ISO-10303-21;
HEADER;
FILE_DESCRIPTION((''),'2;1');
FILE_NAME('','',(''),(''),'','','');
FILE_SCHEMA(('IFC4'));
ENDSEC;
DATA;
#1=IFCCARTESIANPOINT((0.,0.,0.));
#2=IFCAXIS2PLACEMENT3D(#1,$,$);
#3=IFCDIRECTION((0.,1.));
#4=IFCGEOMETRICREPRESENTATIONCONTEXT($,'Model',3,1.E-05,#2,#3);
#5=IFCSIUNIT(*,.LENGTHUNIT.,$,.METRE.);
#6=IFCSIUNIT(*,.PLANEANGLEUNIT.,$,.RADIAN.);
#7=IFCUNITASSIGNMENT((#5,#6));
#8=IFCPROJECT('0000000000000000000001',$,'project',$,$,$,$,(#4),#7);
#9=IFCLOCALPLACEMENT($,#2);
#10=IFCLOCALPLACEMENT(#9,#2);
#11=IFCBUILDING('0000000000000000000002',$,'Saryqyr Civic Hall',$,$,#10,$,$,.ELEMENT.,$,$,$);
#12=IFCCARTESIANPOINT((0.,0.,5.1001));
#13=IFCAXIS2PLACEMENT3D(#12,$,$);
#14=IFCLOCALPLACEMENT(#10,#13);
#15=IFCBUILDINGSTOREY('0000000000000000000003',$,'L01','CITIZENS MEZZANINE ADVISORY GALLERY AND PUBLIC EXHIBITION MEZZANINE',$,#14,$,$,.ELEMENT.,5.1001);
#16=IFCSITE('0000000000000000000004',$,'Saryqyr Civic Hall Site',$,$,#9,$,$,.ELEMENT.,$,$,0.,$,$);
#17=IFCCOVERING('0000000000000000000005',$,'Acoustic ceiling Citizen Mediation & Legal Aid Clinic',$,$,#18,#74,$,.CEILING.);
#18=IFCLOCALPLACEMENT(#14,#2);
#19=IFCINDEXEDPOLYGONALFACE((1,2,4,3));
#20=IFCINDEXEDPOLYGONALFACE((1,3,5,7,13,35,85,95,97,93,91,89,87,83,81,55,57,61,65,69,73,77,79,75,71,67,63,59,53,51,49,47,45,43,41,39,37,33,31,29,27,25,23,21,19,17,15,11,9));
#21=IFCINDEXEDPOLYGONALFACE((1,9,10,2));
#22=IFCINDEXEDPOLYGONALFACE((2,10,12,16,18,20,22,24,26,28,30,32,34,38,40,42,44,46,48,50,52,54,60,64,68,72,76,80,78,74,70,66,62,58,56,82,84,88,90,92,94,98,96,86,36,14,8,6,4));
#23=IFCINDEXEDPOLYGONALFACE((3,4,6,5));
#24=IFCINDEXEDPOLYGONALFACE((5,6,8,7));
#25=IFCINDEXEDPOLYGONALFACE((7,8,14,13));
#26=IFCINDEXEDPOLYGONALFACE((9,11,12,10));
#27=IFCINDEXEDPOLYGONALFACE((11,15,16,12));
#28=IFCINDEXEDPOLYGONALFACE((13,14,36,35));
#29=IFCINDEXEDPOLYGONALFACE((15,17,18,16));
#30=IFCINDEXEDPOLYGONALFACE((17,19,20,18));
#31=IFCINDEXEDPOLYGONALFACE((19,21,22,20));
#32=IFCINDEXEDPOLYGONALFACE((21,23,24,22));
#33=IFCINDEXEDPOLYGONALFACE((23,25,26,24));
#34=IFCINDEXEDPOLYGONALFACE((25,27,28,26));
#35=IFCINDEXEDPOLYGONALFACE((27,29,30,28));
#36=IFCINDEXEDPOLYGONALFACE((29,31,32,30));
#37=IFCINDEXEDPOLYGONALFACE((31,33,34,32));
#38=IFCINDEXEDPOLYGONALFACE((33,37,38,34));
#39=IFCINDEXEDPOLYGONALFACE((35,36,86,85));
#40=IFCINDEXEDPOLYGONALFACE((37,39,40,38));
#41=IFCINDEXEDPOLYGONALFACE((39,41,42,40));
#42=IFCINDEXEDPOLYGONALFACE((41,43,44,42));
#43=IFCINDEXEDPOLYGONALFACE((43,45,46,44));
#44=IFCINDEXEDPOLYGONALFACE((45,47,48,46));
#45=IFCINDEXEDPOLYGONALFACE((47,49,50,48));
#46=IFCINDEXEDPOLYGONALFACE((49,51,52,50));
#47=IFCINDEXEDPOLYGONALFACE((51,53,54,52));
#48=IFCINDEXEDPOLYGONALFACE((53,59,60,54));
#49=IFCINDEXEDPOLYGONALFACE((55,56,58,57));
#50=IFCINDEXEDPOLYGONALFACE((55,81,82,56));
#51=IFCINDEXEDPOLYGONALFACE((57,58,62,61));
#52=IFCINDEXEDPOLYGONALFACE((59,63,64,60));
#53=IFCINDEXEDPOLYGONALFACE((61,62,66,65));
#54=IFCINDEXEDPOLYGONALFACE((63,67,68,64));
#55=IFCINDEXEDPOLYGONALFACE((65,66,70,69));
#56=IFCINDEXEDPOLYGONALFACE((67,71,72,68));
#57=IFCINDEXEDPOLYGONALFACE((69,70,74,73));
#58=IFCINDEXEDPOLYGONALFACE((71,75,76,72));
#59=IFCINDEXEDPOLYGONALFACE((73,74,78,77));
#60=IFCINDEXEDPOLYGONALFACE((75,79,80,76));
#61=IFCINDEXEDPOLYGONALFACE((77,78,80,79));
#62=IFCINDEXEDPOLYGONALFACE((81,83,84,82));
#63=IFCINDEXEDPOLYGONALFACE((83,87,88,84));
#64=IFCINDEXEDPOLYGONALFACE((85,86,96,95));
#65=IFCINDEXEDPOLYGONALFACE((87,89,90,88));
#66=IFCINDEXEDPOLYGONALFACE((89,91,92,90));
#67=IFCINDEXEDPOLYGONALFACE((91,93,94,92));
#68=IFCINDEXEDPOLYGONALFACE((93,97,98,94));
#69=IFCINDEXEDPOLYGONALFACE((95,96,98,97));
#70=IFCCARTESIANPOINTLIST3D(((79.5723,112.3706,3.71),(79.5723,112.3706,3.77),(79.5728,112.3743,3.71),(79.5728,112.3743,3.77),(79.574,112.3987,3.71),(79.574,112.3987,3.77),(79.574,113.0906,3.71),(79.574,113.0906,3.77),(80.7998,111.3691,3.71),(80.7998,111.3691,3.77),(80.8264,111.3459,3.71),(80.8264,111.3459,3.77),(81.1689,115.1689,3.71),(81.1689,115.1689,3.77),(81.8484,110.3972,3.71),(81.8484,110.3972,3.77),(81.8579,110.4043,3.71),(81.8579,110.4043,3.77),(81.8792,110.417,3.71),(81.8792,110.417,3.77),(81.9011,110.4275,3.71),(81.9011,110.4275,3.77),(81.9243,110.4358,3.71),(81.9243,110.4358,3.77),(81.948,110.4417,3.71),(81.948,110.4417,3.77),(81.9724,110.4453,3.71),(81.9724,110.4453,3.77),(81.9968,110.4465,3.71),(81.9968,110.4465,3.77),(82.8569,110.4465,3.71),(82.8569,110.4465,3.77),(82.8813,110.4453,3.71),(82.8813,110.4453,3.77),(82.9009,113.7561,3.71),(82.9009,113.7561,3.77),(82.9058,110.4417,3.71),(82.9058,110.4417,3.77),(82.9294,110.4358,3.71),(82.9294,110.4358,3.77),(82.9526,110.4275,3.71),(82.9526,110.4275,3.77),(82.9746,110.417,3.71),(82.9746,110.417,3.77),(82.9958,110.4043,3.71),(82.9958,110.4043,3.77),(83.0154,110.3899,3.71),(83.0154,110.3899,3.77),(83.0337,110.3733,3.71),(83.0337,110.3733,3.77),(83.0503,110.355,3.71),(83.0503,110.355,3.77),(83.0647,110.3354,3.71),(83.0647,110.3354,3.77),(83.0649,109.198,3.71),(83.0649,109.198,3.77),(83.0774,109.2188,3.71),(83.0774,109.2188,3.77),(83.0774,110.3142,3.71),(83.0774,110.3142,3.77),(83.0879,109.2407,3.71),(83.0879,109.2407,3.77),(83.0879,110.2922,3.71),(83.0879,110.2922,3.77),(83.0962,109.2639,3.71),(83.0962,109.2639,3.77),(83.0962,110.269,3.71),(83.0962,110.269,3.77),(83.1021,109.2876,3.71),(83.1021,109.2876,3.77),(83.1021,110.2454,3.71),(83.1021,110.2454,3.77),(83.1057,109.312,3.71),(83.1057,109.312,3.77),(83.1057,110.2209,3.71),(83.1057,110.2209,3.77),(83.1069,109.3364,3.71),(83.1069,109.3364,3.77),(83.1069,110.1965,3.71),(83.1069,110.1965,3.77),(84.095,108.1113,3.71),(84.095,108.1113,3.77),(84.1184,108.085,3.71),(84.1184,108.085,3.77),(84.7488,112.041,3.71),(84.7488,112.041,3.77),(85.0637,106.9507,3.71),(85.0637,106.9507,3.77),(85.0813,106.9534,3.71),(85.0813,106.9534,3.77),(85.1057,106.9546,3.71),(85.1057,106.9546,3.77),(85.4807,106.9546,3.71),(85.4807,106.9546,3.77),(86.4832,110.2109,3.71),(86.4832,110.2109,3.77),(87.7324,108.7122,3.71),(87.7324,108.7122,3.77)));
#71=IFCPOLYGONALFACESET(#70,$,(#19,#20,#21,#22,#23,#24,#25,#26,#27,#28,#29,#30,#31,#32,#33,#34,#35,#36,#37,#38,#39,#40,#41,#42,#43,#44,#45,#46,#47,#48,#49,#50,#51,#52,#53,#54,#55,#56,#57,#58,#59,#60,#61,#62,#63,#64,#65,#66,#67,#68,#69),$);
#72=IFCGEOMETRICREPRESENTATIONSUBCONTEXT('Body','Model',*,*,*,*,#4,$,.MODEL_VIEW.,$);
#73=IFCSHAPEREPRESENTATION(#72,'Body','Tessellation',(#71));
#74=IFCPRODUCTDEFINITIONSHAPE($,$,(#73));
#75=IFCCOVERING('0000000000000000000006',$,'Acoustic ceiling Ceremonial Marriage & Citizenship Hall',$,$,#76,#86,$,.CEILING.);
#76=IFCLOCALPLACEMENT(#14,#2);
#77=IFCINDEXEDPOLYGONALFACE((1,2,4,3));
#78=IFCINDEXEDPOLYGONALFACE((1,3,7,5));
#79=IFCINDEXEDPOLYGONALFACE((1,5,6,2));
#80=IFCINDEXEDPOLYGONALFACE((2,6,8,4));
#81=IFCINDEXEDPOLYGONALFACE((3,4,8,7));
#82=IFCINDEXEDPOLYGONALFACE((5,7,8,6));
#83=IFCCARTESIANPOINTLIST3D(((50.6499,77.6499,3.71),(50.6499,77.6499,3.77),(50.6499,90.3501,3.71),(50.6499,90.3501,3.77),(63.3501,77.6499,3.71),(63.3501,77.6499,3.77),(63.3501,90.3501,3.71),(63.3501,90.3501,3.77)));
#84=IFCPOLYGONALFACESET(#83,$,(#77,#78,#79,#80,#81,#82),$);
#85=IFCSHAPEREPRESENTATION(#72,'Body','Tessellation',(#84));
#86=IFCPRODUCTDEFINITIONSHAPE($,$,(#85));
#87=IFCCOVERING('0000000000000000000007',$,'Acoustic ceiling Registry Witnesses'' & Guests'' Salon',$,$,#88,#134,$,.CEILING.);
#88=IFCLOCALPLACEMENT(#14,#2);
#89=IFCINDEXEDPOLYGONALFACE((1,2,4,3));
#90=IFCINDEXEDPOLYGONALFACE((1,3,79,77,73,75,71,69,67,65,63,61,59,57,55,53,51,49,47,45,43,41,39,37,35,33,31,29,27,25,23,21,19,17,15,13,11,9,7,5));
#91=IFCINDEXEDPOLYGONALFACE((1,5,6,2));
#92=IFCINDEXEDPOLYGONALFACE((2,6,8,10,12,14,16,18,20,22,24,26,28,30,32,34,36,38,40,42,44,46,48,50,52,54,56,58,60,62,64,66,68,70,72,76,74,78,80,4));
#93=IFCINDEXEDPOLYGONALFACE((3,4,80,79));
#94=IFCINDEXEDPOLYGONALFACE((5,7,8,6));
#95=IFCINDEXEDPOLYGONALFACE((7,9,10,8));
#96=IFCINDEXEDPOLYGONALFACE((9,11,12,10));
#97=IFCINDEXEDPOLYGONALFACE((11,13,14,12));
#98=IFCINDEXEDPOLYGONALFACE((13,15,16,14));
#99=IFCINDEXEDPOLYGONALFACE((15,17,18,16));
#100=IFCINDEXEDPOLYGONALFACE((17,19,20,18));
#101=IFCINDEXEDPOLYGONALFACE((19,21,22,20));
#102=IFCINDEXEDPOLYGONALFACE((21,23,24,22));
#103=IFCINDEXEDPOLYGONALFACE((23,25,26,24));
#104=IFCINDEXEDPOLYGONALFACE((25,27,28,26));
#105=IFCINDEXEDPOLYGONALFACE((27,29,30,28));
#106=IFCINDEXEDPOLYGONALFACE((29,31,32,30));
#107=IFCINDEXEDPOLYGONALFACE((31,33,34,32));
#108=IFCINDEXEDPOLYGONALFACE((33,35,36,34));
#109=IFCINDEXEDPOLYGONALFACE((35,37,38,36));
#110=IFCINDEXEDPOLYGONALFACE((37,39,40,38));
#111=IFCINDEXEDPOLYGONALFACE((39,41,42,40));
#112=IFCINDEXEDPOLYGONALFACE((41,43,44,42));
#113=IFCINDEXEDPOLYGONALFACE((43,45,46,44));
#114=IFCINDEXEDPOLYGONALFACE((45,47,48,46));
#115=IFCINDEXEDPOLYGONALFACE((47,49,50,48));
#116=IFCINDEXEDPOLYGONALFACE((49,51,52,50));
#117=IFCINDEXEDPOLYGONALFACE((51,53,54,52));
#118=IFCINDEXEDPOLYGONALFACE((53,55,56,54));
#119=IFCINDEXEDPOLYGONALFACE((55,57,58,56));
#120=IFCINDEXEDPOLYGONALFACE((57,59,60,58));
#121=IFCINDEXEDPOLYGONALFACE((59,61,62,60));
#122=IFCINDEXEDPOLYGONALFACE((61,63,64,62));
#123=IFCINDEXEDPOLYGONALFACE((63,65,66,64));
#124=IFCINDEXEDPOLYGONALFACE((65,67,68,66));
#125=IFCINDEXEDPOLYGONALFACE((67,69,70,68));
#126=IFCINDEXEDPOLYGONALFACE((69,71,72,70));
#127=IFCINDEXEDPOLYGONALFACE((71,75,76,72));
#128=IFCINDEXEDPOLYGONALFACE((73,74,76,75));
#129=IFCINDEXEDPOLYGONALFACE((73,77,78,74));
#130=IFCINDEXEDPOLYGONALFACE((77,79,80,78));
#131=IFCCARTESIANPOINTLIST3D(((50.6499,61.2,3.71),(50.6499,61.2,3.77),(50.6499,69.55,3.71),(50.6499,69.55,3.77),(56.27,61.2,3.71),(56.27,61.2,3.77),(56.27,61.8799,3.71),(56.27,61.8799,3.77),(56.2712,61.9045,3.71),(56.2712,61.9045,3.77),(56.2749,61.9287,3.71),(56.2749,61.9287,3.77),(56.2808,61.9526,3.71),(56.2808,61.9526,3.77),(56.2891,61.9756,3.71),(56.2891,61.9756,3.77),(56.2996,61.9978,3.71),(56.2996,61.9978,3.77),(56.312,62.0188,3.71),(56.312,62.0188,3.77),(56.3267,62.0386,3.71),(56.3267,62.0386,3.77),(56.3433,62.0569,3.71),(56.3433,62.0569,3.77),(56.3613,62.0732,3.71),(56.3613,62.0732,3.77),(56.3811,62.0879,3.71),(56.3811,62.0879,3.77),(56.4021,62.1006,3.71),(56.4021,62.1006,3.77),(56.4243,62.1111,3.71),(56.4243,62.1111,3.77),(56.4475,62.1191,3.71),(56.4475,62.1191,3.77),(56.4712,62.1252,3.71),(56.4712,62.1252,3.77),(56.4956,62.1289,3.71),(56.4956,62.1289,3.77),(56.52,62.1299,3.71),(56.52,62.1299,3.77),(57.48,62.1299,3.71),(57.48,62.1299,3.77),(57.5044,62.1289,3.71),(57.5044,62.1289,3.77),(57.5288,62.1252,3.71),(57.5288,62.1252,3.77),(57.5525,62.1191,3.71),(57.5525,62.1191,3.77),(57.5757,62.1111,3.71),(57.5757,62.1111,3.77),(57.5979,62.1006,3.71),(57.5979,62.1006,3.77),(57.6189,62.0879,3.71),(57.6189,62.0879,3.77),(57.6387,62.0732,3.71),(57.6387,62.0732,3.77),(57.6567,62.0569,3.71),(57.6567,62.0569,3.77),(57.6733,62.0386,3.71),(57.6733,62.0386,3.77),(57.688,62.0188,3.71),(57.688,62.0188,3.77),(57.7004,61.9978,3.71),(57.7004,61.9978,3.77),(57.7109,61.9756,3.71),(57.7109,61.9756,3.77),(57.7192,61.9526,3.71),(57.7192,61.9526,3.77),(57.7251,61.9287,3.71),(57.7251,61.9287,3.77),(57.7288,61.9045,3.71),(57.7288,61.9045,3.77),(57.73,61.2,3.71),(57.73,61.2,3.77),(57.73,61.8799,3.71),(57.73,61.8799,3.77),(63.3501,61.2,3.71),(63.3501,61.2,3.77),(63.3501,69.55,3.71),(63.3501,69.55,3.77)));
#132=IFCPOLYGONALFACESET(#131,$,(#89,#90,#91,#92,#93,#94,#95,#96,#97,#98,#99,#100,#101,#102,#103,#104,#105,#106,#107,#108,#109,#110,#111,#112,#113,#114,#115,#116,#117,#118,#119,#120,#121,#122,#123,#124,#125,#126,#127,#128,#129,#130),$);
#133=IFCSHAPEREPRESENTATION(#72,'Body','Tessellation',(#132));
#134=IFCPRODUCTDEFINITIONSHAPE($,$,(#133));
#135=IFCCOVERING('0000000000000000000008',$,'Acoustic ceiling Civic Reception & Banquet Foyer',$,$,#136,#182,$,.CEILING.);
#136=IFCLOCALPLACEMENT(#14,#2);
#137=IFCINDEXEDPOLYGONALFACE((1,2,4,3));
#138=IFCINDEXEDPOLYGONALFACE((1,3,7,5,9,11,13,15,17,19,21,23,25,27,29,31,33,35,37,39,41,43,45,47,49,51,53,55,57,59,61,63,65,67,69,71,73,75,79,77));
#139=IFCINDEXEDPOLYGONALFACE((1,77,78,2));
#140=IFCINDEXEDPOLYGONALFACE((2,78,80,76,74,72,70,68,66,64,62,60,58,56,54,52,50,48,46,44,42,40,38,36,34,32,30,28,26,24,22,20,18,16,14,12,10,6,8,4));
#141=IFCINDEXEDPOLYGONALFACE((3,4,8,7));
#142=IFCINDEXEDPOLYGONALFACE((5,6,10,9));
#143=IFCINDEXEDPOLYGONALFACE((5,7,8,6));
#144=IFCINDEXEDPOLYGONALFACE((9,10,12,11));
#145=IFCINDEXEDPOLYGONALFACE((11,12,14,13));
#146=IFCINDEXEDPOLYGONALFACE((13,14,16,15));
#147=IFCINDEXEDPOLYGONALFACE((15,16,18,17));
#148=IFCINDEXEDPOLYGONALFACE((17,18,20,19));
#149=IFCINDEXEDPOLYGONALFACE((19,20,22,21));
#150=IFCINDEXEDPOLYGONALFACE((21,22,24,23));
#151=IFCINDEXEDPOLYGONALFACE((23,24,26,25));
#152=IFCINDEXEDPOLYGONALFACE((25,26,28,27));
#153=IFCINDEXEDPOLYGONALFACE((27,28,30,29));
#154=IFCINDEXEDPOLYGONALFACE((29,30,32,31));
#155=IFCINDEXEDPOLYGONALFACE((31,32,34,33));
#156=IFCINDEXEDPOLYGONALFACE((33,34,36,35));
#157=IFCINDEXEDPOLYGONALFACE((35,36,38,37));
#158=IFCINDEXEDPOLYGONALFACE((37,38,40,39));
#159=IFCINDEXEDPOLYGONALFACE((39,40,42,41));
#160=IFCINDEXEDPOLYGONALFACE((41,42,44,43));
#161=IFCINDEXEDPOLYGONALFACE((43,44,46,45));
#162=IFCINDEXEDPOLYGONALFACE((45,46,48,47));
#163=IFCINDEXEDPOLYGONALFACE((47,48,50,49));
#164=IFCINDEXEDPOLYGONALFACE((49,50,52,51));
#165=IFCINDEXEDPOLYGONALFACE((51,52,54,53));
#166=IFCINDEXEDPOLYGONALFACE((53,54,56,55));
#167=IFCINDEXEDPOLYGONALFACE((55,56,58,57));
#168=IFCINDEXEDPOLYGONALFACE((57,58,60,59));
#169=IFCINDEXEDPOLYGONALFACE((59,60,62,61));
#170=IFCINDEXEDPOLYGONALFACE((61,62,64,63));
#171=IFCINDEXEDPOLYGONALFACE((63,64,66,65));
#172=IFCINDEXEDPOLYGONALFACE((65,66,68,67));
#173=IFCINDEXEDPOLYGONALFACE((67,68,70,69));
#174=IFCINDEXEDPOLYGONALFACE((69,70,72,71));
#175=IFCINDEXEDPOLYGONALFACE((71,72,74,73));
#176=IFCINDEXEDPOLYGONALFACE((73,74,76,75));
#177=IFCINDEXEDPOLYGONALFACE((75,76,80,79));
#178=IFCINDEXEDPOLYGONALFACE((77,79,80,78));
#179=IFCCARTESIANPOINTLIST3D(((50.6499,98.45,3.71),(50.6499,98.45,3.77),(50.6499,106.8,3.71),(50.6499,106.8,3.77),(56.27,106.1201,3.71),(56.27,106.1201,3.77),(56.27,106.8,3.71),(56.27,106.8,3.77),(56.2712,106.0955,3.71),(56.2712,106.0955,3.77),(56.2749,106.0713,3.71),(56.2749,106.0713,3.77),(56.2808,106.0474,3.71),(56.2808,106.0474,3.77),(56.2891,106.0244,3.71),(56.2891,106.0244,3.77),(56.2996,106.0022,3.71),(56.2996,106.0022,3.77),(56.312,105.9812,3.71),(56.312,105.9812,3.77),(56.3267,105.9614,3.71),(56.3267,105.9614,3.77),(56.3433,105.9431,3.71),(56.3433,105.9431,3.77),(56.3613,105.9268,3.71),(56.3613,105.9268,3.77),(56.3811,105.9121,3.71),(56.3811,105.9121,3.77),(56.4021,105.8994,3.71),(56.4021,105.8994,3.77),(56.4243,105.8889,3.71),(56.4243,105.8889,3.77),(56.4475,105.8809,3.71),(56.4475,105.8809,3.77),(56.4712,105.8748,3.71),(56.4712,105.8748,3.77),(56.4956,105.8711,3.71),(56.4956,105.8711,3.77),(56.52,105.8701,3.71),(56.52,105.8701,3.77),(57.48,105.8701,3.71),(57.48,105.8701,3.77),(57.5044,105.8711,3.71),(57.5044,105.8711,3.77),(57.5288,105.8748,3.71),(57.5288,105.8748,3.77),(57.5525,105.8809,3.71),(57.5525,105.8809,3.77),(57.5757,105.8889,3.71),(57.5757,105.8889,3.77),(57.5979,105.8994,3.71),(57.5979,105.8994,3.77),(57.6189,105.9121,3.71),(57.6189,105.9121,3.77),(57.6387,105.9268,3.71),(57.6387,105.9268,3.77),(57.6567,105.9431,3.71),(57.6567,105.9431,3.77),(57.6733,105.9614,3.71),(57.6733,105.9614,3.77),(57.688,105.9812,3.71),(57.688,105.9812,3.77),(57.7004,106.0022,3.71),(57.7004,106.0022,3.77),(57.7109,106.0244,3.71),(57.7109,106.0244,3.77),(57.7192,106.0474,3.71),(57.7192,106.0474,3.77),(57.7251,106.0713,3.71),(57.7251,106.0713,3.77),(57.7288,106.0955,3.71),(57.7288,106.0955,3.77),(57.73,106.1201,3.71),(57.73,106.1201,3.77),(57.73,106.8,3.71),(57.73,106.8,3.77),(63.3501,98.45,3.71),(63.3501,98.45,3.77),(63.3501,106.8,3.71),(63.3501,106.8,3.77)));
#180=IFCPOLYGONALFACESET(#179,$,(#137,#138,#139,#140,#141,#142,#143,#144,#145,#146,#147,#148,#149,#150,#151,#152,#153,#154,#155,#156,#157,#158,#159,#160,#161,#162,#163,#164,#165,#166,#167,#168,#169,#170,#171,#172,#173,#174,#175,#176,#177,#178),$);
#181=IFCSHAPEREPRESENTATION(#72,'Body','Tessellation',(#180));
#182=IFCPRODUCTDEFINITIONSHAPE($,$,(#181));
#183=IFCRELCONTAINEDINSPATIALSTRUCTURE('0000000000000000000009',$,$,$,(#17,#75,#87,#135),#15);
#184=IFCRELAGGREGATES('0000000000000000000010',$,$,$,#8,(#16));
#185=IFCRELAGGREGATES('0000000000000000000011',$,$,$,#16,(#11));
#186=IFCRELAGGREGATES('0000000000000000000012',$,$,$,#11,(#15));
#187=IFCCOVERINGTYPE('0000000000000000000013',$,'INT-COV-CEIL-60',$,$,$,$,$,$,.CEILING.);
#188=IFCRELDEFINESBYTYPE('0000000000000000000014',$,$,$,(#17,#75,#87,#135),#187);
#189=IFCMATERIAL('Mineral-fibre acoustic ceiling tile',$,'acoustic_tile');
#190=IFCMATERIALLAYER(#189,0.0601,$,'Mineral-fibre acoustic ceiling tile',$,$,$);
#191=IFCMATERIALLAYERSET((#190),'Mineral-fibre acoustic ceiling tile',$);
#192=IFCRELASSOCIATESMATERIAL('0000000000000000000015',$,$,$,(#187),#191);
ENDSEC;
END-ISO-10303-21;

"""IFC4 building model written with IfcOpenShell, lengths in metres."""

from ifc_helpers import new_model, si_unit, direction, frame, origin, place, context, subcontext, project, spatial, polyline, outline, extrude, material, layer, layer_set, type_object, element, save


model = new_model("IFC4")

# Units and contexts
model_context = context("Model", 3, precision=1e-05, world=origin(), true_north=direction((0.0, 1.0)))
body_context = subcontext(model_context, "Body", "Model", "MODEL_VIEW")
ifc_project = project(units=[si_unit("LENGTHUNIT", "METRE"), si_unit("PLANEANGLEUNIT", "RADIAN")], contexts=[model_context])

# Site, building, storey
site_placement = place(None, origin())
site = spatial("IfcSite", under=ifc_project, at=site_placement, Name="Saryqyr Civic Hall Site", CompositionType="ELEMENT", RefElevation=0.0)
building_placement = place(site_placement, origin())
building = spatial("IfcBuilding", under=site, at=building_placement, Name="Saryqyr Civic Hall", CompositionType="ELEMENT")
storey_placement = place(building_placement, frame((0.0, 0.0, 5.1001)))
storey = spatial("IfcBuildingStorey", under=building, at=storey_placement, Name="L01", Description="CITIZENS MEZZANINE ADVISORY GALLERY AND PUBLIC EXHIBITION MEZZANINE", CompositionType="ELEMENT", Elevation=5.1001)

# Coverings
ifc_material_1 = material(Name="Mineral-fibre acoustic ceiling tile", Category="acoustic_tile")
ifc_layer_1 = layer(ifc_material_1, 0.0601, Name="Mineral-fibre acoustic ceiling tile")
ifc_layer_set_1 = layer_set([ifc_layer_1], Name="Mineral-fibre acoustic ceiling tile")
covering_type = type_object("IfcCoveringType", Name="INT-COV-CEIL-60", PredefinedType="CEILING", material=ifc_layer_set_1)
covering_1_placement = place(storey_placement, frame((0.0, 0.0, 3.71)))
element("IfcCovering", 1, at=covering_1_placement, inside=storey, type_object=covering_type, Name="Acoustic ceiling Citizen Mediation & Legal Aid Clinic", PredefinedType="CEILING", context=body_context, shape_type="SweptSolid", body=[
    extrude(outline(polyline([(83.0774, 109.2188), (83.0879, 109.2407), (83.0962, 109.2639), (83.1021, 109.2876), (83.1057, 109.312), (83.1069, 109.3364), (83.1069, 110.1965), (83.1057, 110.2209), (83.1021, 110.2454), (83.0962, 110.269), (83.0879, 110.2922), (83.0774, 110.3142), (83.0647, 110.3354), (83.0503, 110.355), (83.0337, 110.3733), (83.0154, 110.3899), (82.9958, 110.4043), (82.9746, 110.417), (82.9526, 110.4275), (82.9294, 110.4358), (82.9058, 110.4417), (82.8813, 110.4453), (82.8569, 110.4465), (81.9968, 110.4465), (81.9724, 110.4453), (81.948, 110.4417), (81.9243, 110.4358), (81.9011, 110.4275), (81.8792, 110.417), (81.8579, 110.4043), (81.8484, 110.3972), (80.8264, 111.3459), (80.7998, 111.3691), (79.5723, 112.3706), (79.5728, 112.3743), (79.574, 112.3987), (79.574, 113.0906), (81.1689, 115.1689), (82.9009, 113.7561), (84.7488, 112.041), (86.4832, 110.2109), (87.7324, 108.7122), (85.4807, 106.9546), (85.1057, 106.9546), (85.0813, 106.9534), (85.0637, 106.9507), (84.1184, 108.085), (84.095, 108.1113), (83.0649, 109.198), (83.0774, 109.2188)])), origin(), (0.0, 0.0, 1.0), 0.0601),
])
covering_2_placement = place(storey_placement, frame((0.0, 0.0, 3.71)))
element("IfcCovering", 2, at=covering_2_placement, inside=storey, type_object=covering_type, Name="Acoustic ceiling Ceremonial Marriage & Citizenship Hall", PredefinedType="CEILING", context=body_context, shape_type="SweptSolid", body=[
    extrude(outline(polyline([(50.6499, 77.6499), (50.6499, 90.3501), (63.3501, 90.3501), (63.3501, 77.6499), (50.6499, 77.6499)])), origin(), (0.0, 0.0, 1.0), 0.0601),
])
covering_3_placement = place(storey_placement, frame((0.0, 0.0, 3.71)))
element("IfcCovering", 3, at=covering_3_placement, inside=storey, type_object=covering_type, Name="Acoustic ceiling Registry Witnesses' & Guests' Salon", PredefinedType="CEILING", context=body_context, shape_type="SweptSolid", body=[
    extrude(outline(polyline([(50.6499, 69.55), (63.3501, 69.55), (63.3501, 61.2), (57.73, 61.2), (57.73, 61.8799), (57.7288, 61.9045), (57.7251, 61.9287), (57.7192, 61.9526), (57.7109, 61.9756), (57.7004, 61.9978), (57.688, 62.0188), (57.6733, 62.0386), (57.6567, 62.0569), (57.6387, 62.0732), (57.6189, 62.0879), (57.5979, 62.1006), (57.5757, 62.1111), (57.5525, 62.1191), (57.5288, 62.1252), (57.5044, 62.1289), (57.48, 62.1299), (56.52, 62.1299), (56.4956, 62.1289), (56.4712, 62.1252), (56.4475, 62.1191), (56.4243, 62.1111), (56.4021, 62.1006), (56.3811, 62.0879), (56.3613, 62.0732), (56.3433, 62.0569), (56.3267, 62.0386), (56.312, 62.0188), (56.2996, 61.9978), (56.2891, 61.9756), (56.2808, 61.9526), (56.2749, 61.9287), (56.2712, 61.9045), (56.27, 61.8799), (56.27, 61.2), (50.6499, 61.2), (50.6499, 69.55)])), origin(), (0.0, 0.0, 1.0), 0.0601),
])
covering_4_placement = place(storey_placement, frame((0.0, 0.0, 3.71)))
element("IfcCovering", 4, at=covering_4_placement, inside=storey, type_object=covering_type, Name="Acoustic ceiling Civic Reception & Banquet Foyer", PredefinedType="CEILING", context=body_context, shape_type="SweptSolid", body=[
    extrude(outline(polyline([(50.6499, 98.45), (50.6499, 106.8), (56.27, 106.8), (56.27, 106.1201), (56.2712, 106.0955), (56.2749, 106.0713), (56.2808, 106.0474), (56.2891, 106.0244), (56.2996, 106.0022), (56.312, 105.9812), (56.3267, 105.9614), (56.3433, 105.9431), (56.3613, 105.9268), (56.3811, 105.9121), (56.4021, 105.8994), (56.4243, 105.8889), (56.4475, 105.8809), (56.4712, 105.8748), (56.4956, 105.8711), (56.52, 105.8701), (57.48, 105.8701), (57.5044, 105.8711), (57.5288, 105.8748), (57.5525, 105.8809), (57.5757, 105.8889), (57.5979, 105.8994), (57.6189, 105.9121), (57.6387, 105.9268), (57.6567, 105.9431), (57.6733, 105.9614), (57.688, 105.9812), (57.7004, 106.0022), (57.7109, 106.0244), (57.7192, 106.0474), (57.7251, 106.0713), (57.7288, 106.0955), (57.73, 106.1201), (57.73, 106.8), (63.3501, 106.8), (63.3501, 98.45), (50.6499, 98.45)])), origin(), (0.0, 0.0, 1.0), 0.0601),
])

save(model, "model.ifc")
